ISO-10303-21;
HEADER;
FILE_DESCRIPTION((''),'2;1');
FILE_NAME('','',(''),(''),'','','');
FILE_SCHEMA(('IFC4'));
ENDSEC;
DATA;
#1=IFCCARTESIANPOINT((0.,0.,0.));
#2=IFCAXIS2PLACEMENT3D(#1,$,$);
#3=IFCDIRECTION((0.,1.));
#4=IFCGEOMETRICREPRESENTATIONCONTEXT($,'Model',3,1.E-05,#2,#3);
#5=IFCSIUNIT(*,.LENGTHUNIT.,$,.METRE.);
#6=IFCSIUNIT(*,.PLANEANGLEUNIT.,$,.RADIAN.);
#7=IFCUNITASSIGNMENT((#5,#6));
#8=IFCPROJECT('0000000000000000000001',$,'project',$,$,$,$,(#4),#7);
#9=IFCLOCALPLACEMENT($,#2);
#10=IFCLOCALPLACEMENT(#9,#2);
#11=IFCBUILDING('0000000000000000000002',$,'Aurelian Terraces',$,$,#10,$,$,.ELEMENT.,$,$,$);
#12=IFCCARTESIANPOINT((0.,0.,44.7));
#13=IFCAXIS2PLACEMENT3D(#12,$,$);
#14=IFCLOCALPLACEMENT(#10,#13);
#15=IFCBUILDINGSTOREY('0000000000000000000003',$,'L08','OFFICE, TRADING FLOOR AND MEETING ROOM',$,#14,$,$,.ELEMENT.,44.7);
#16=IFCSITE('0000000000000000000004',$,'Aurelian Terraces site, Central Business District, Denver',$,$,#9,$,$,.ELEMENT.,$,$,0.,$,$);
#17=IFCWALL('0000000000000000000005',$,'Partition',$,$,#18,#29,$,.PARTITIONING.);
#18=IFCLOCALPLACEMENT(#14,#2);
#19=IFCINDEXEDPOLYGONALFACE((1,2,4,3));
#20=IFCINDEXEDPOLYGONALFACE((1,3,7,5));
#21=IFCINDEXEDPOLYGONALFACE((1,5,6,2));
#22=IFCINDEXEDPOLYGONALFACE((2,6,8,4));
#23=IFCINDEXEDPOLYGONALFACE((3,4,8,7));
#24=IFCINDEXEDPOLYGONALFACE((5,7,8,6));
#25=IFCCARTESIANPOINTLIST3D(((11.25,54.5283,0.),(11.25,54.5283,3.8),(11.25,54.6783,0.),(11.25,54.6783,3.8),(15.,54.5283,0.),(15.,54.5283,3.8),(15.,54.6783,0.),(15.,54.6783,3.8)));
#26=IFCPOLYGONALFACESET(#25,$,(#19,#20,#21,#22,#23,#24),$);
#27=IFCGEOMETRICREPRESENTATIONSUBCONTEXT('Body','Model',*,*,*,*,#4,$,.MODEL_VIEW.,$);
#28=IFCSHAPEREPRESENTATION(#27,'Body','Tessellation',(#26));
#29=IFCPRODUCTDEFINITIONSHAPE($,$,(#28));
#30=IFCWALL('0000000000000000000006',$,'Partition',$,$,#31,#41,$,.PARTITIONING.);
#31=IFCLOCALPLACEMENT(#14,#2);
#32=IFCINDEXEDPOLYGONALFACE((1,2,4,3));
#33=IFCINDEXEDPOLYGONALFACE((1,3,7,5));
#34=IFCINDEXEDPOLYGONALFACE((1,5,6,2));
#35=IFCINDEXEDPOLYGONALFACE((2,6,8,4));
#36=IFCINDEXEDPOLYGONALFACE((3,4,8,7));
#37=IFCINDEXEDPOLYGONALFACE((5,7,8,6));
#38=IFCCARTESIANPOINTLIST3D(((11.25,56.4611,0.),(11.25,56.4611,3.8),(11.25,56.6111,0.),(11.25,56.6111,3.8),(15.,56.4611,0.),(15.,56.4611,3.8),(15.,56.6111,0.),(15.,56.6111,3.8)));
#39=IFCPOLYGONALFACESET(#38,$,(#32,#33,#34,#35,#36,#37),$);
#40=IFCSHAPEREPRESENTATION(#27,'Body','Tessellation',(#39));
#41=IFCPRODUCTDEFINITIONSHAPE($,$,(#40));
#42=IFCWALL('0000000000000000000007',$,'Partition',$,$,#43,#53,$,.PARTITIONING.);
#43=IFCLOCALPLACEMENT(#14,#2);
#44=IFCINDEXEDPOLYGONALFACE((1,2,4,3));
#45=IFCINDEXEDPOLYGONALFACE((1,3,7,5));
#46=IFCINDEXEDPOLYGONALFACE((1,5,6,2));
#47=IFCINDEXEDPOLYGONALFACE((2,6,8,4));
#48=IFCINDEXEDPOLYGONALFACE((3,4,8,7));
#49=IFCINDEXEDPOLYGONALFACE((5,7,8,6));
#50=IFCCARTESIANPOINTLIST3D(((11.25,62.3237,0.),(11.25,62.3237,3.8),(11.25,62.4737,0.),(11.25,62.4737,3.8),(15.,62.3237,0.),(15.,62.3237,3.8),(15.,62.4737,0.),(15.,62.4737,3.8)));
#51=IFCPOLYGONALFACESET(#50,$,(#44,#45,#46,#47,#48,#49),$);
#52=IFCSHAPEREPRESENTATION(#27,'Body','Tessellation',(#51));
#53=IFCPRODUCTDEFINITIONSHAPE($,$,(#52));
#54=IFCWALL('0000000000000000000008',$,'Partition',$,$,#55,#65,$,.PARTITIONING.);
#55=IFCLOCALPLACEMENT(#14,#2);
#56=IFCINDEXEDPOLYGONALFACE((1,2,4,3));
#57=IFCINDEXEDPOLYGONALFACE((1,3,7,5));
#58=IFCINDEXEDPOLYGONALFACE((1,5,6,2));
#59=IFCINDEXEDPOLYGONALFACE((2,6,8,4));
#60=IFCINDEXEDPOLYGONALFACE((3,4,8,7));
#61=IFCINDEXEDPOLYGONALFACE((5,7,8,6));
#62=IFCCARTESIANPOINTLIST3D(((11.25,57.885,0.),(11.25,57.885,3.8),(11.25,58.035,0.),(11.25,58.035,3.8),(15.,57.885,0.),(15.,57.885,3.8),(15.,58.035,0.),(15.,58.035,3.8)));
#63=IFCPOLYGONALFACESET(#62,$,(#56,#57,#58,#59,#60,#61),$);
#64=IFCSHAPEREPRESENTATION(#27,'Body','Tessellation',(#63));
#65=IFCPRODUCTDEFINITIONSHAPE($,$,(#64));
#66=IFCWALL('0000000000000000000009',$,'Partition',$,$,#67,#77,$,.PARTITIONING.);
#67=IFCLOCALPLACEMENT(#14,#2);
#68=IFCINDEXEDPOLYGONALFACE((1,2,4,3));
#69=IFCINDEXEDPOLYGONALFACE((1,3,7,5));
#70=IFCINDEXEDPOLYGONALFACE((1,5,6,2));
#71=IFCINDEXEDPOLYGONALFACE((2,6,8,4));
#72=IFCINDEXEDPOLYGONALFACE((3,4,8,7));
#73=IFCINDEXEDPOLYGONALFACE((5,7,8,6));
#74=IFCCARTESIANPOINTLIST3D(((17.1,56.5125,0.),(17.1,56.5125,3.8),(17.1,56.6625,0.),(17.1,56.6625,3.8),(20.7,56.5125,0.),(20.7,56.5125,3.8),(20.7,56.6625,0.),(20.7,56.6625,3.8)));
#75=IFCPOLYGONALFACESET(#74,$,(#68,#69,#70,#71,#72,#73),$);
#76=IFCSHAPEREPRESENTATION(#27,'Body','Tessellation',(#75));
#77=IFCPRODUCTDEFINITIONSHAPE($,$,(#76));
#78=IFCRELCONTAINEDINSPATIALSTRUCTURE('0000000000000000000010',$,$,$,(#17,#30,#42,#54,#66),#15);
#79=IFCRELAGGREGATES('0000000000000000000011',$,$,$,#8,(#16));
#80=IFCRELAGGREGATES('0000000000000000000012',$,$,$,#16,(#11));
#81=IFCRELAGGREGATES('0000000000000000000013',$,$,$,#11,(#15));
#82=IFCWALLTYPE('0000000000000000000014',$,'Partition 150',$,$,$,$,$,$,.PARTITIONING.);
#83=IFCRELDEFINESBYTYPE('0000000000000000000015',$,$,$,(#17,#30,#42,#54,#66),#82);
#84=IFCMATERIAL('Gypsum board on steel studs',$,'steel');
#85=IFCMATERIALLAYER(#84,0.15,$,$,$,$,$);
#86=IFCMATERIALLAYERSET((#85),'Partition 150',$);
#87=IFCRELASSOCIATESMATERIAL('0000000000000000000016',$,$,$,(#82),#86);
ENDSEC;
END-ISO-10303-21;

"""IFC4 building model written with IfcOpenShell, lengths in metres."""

from ifc_helpers import new_model, si_unit, direction, frame, frame_2d, origin, place, context, subcontext, project, spatial, rectangle, extrude, source, transform, mapped, material, layer, layer_set, type_object, element, save


model = new_model("IFC4")

# Units and contexts
model_context = context("Model", 3, precision=1e-05, world=origin(), true_north=direction((0.0, 1.0)))
body_context = subcontext(model_context, "Body", "Model", "MODEL_VIEW")
ifc_project = project(units=[si_unit("LENGTHUNIT", "METRE"), si_unit("PLANEANGLEUNIT", "RADIAN")], contexts=[model_context])

# Site, building, storey
site_placement = place(None, origin())
site = spatial("IfcSite", under=ifc_project, at=site_placement, Name="Aurelian Terraces site, Central Business District, Denver", CompositionType="ELEMENT", RefElevation=0.0)
building_placement = place(site_placement, origin())
building = spatial("IfcBuilding", under=site, at=building_placement, Name="Aurelian Terraces", CompositionType="ELEMENT")
storey_placement = place(building_placement, frame((0.0, 0.0, 44.7)))
storey = spatial("IfcBuildingStorey", under=building, at=storey_placement, Name="L08", Description="OFFICE, TRADING FLOOR AND MEETING ROOM", CompositionType="ELEMENT", Elevation=44.7)

# Walls
ifc_material_1 = material(Name="Gypsum board on steel studs", Category="steel")
ifc_layer_1 = layer(ifc_material_1, 0.15)
ifc_layer_set_1 = layer_set([ifc_layer_1], Name="Partition 150")
wall_type_1 = type_object("IfcWallType", Name="Partition 150", PredefinedType="PARTITIONING", material=ifc_layer_set_1)
shared_shape_1 = source(origin(), body_context, "Body", "SweptSolid", [
    extrude(rectangle(XDim=3.75, YDim=0.15, at=frame_2d((1.875, 0.0))), origin(), (0.0, 0.0, 1.0), 3.8),
])
for number, where, z_axis, x_axis, name in (
    (1, (15.0, 54.6033, 0.0), (0.0, 0.0, 1.0), (-1.0, 0.0, 0.0), "Partition"),
    (2, (15.0, 56.5361, 0.0), (0.0, 0.0, 1.0), (-1.0, 0.0, 0.0), "Partition"),
    (3, (15.0, 62.3987, 0.0), (0.0, 0.0, 1.0), (-1.0, 0.0, 0.0), "Partition"),
    (4, (15.0, 57.96, 0.0), (0.0, 0.0, 1.0), (-1.0, 0.0, 0.0), "Partition"),
):
    element("IfcWall", number, at=place(storey_placement, frame(where, z_axis=z_axis, x_axis=x_axis)), inside=storey, type_object=wall_type_1, Name=name, PredefinedType="PARTITIONING", context=body_context, shape_type="MappedRepresentation", body=[
        mapped(shared_shape_1, transform((0.0, 0.0, 0.0), scale=1.0)),
    ])
shared_shape_2 = source(origin(), body_context, "Body", "SweptSolid", [
    extrude(rectangle(XDim=3.6, YDim=0.15, at=frame_2d((1.8, 0.0))), origin(), (0.0, 0.0, 1.0), 3.8),
])
wall_1_placement = place(storey_placement, frame((17.1, 56.5875, 0.0), z_axis=(0.0, 0.0, 1.0), x_axis=(1.0, 0.0, 0.0)))
element("IfcWall", 5, at=wall_1_placement, inside=storey, type_object=wall_type_1, Name="Partition", PredefinedType="PARTITIONING", context=body_context, shape_type="MappedRepresentation", body=[
    mapped(shared_shape_2, transform((0.0, 0.0, 0.0), scale=1.0)),
])

save(model, "model.ifc")
